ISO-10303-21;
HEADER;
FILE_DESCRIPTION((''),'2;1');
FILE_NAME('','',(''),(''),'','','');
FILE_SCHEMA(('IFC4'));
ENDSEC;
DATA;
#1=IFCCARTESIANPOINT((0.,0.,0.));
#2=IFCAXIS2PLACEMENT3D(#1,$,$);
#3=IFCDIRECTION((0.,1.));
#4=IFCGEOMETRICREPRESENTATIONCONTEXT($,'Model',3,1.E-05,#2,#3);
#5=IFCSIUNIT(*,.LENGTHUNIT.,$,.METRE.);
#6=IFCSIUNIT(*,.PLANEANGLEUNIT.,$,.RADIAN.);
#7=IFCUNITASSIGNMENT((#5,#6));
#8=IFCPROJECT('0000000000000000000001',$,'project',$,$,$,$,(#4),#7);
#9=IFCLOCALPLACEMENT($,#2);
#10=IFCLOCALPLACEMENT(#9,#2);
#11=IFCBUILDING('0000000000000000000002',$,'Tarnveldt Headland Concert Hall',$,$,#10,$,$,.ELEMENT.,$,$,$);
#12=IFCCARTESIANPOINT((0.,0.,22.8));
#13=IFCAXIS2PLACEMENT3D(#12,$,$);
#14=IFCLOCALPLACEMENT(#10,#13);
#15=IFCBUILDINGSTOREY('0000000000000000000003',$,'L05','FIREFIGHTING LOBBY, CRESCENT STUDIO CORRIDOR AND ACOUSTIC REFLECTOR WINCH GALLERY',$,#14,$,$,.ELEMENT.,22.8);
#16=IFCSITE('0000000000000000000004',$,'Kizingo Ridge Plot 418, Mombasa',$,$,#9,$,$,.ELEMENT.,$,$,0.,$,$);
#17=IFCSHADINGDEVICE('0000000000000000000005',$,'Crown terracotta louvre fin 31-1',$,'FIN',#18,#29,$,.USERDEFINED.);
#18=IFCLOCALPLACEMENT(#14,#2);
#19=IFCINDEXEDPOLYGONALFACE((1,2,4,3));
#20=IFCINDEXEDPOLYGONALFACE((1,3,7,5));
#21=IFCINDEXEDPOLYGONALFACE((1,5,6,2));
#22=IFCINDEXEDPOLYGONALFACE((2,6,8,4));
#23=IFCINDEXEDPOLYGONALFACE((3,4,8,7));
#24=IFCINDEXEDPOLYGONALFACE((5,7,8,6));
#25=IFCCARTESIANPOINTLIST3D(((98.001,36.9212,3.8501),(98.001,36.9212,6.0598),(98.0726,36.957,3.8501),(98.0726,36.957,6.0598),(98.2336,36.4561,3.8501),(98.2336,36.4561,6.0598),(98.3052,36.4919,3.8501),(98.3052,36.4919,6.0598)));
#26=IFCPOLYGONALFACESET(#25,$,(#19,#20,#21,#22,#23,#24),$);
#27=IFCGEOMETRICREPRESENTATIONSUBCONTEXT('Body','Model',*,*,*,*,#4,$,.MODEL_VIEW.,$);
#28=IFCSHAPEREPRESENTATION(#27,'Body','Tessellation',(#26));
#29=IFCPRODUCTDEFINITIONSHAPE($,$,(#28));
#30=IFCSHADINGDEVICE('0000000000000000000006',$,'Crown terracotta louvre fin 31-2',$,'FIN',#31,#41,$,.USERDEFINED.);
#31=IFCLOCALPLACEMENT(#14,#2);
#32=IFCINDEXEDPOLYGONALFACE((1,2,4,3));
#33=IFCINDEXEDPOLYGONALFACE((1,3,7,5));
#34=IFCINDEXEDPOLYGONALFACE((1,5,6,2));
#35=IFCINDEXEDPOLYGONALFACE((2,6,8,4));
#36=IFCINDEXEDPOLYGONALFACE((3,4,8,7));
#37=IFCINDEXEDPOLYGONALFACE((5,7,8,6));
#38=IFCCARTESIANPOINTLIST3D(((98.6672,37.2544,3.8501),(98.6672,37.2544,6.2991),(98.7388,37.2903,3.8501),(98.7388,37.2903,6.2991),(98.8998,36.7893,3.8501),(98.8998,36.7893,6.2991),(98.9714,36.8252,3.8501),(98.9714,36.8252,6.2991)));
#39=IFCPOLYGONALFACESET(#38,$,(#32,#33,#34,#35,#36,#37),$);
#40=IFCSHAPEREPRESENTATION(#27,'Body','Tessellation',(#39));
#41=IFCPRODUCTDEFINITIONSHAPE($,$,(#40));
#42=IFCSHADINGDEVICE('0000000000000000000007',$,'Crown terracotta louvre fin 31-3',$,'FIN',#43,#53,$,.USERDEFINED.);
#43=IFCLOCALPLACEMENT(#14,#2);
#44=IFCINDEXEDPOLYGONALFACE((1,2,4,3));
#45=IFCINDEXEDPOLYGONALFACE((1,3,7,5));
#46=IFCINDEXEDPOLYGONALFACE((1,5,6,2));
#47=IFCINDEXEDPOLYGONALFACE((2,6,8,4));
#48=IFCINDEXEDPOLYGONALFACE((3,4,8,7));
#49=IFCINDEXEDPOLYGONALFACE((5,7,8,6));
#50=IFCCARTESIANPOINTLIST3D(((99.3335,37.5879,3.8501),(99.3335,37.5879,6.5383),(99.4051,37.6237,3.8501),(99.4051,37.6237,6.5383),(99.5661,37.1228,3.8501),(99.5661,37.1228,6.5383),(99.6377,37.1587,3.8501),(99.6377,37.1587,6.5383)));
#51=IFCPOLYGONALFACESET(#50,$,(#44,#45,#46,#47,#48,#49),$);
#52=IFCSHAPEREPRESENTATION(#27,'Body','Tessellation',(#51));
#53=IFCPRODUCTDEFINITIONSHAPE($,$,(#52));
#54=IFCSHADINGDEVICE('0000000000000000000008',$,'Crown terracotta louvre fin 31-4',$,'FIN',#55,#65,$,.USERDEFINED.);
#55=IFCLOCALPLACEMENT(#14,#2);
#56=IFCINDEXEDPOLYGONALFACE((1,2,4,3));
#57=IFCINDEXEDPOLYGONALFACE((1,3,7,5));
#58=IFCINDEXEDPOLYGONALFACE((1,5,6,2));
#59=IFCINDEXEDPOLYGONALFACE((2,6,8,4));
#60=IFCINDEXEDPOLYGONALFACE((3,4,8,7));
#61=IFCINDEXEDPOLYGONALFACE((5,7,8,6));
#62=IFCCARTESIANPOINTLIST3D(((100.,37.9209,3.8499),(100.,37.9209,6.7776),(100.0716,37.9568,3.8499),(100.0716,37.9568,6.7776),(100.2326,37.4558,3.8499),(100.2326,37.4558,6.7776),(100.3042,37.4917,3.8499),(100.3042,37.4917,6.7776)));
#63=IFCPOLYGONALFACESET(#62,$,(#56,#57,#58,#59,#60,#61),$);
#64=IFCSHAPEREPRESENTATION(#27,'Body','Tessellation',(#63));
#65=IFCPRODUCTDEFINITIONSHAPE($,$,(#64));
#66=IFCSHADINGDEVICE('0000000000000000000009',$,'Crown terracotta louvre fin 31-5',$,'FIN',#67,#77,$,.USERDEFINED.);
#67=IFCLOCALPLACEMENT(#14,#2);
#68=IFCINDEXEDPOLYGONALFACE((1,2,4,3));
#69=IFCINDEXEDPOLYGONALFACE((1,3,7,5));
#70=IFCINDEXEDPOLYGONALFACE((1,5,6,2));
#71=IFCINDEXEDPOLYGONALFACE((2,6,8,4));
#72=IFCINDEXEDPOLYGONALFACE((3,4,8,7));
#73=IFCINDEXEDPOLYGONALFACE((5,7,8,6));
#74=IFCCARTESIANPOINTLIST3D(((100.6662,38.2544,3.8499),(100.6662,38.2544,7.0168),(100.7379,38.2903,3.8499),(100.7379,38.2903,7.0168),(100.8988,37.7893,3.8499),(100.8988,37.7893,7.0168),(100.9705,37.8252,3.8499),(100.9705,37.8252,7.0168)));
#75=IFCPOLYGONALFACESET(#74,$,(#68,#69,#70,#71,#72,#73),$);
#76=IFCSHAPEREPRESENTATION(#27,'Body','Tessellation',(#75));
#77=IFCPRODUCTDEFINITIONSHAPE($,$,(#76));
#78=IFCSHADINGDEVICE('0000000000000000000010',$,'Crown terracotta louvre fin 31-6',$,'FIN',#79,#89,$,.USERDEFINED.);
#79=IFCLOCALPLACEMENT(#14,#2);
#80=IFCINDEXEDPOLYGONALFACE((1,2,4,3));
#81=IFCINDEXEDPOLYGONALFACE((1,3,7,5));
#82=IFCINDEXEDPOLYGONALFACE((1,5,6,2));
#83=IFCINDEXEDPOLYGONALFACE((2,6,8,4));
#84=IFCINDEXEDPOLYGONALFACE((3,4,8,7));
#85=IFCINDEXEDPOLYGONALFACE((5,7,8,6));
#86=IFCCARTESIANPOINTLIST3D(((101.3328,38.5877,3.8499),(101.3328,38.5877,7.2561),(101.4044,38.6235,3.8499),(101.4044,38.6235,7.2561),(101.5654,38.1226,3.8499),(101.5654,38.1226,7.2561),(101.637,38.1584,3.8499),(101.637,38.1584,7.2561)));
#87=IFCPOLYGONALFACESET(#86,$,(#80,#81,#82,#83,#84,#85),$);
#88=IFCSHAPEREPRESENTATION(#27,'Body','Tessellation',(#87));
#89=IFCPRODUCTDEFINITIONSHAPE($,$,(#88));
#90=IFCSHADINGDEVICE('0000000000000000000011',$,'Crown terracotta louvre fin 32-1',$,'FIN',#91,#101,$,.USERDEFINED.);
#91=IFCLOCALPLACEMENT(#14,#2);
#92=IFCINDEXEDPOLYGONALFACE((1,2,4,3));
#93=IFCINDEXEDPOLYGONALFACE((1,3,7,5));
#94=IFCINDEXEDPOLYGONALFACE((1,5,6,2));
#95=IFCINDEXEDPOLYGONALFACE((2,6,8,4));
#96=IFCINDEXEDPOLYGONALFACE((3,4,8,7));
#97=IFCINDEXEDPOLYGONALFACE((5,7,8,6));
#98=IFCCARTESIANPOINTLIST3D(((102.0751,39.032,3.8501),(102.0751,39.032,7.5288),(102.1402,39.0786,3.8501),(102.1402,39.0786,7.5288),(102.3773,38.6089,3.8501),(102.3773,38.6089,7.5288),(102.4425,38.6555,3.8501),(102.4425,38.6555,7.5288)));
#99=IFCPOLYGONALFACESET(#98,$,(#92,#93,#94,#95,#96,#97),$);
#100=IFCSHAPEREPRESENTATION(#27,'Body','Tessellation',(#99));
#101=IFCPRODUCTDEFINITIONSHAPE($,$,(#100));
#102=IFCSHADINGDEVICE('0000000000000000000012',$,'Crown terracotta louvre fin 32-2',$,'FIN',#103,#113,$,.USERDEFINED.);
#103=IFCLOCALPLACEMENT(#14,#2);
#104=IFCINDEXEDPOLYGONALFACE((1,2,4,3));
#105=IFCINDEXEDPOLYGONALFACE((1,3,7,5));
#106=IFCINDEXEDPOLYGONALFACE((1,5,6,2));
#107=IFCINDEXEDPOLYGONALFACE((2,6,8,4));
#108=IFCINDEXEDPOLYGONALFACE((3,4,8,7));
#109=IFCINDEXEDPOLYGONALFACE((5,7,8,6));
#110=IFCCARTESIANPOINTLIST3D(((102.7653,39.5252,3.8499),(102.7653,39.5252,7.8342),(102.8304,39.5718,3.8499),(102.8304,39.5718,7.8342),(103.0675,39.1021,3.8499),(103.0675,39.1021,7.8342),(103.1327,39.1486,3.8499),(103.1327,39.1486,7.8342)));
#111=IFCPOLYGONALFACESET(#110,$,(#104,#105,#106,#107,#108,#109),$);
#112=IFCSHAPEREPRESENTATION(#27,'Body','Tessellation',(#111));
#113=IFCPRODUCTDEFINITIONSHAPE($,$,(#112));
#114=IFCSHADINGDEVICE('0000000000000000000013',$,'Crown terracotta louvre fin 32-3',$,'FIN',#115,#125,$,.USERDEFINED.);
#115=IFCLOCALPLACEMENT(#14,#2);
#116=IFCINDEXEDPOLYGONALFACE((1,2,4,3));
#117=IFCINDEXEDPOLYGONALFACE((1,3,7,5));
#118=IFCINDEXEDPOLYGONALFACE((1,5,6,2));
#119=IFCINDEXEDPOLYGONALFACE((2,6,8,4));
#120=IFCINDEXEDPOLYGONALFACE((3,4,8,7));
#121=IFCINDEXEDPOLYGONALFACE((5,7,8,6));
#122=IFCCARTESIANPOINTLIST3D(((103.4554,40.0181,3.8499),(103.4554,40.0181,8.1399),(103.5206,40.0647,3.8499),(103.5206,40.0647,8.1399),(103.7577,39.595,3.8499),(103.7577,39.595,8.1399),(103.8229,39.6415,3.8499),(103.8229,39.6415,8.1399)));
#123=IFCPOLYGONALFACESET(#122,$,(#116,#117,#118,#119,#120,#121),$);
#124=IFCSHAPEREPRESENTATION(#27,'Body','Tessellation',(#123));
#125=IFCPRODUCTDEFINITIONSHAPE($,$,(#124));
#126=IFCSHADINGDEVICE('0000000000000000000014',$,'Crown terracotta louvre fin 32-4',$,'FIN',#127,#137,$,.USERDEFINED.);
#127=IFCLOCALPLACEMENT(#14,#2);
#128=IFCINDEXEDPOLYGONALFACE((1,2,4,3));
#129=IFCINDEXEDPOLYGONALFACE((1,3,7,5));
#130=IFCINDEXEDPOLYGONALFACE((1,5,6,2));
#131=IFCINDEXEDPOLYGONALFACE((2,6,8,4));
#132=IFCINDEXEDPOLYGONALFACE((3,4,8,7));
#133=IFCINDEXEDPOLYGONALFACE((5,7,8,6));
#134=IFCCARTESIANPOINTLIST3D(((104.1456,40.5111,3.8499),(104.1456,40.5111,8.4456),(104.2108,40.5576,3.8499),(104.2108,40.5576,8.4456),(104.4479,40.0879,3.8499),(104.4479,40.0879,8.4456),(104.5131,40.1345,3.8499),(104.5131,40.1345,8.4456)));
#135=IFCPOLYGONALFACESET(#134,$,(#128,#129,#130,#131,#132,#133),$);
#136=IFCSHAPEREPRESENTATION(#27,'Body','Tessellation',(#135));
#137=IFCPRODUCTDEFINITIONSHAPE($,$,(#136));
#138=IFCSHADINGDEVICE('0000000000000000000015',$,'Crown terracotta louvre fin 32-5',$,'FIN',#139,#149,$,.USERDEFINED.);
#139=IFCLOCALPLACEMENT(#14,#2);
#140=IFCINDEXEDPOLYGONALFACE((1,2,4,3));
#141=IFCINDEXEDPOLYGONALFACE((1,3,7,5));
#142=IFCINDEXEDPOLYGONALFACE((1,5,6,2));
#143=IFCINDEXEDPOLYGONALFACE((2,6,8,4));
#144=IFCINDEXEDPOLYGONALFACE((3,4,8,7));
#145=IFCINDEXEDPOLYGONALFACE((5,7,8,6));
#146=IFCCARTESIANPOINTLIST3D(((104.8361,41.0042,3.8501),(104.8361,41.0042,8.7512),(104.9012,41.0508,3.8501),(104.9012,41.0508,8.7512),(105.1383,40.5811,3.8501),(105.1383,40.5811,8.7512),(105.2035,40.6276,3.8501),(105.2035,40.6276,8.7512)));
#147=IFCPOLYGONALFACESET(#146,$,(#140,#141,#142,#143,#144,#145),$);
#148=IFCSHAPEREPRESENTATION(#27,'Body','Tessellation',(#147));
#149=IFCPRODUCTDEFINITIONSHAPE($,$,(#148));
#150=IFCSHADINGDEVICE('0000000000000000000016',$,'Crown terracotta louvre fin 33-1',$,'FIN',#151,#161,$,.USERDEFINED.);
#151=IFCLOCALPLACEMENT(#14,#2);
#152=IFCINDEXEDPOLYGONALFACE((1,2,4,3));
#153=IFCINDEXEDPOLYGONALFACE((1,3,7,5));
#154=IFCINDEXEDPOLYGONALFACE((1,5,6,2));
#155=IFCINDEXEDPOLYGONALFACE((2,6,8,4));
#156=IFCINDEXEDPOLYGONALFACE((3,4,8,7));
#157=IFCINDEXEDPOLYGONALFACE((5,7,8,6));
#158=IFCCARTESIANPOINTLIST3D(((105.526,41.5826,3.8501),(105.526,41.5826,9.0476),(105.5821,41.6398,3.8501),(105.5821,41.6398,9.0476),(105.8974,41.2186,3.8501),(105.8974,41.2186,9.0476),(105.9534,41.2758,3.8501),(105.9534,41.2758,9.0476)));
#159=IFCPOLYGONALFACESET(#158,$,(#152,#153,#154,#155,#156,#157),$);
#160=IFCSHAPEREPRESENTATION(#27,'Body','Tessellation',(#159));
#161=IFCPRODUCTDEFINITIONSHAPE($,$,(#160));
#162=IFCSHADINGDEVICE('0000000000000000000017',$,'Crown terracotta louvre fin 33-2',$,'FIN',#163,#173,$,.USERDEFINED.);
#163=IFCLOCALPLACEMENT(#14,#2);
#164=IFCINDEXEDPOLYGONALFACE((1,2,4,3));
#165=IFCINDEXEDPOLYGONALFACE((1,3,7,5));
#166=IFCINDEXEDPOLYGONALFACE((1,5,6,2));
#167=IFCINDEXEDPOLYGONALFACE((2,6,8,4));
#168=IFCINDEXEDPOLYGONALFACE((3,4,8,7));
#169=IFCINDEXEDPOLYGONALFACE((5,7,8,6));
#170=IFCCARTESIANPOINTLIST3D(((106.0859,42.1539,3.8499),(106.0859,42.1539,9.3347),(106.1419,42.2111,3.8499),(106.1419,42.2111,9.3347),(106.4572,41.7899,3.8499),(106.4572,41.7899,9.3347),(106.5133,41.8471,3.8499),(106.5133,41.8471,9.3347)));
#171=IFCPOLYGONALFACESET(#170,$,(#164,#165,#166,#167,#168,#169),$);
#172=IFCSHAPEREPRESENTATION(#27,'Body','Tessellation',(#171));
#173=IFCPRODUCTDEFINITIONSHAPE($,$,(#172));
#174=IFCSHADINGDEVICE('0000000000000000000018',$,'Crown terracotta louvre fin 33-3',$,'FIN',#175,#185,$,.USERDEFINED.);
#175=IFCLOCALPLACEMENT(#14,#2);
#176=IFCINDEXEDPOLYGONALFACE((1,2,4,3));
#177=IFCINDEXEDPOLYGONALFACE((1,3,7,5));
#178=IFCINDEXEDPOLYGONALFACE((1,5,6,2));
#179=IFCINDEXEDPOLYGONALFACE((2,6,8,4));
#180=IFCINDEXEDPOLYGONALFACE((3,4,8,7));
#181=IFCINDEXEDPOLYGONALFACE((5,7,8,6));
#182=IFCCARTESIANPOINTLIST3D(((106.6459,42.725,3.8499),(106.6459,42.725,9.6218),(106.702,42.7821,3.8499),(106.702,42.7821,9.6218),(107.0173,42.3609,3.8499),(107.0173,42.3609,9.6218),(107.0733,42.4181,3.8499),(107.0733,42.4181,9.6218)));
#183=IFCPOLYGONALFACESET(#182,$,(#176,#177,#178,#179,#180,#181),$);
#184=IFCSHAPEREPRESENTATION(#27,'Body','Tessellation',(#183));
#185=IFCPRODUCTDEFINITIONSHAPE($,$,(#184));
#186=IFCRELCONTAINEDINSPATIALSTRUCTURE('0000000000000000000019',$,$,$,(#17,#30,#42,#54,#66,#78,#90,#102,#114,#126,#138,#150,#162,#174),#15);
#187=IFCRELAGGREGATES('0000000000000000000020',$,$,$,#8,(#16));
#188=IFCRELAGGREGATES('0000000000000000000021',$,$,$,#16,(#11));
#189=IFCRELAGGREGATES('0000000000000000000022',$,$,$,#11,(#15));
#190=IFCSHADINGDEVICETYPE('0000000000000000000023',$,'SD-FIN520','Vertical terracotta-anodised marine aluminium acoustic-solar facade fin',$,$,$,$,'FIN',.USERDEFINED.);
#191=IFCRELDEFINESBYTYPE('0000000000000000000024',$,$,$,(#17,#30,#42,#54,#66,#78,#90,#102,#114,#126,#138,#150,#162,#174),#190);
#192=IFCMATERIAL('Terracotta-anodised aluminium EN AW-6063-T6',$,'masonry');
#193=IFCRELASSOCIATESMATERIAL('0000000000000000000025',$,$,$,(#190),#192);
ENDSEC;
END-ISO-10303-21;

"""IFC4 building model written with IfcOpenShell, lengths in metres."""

from ifc_helpers import new_model, si_unit, direction, frame, origin, origin_2d, place, context, subcontext, project, spatial, rectangle, extrude, material, type_object, element, save


model = new_model("IFC4")

# Units and contexts
model_context = context("Model", 3, precision=1e-05, world=origin(), true_north=direction((0.0, 1.0)))
body_context = subcontext(model_context, "Body", "Model", "MODEL_VIEW")
ifc_project = project(units=[si_unit("LENGTHUNIT", "METRE"), si_unit("PLANEANGLEUNIT", "RADIAN")], contexts=[model_context])

# Site, building, storey
site_placement = place(None, origin())
site = spatial("IfcSite", under=ifc_project, at=site_placement, Name="Kizingo Ridge Plot 418, Mombasa", CompositionType="ELEMENT", RefElevation=0.0)
building_placement = place(site_placement, origin())
building = spatial("IfcBuilding", under=site, at=building_placement, Name="Tarnveldt Headland Concert Hall", CompositionType="ELEMENT")
storey_placement = place(building_placement, frame((0.0, 0.0, 22.8)))
storey = spatial("IfcBuildingStorey", under=building, at=storey_placement, Name="L05", Description="FIREFIGHTING LOBBY, CRESCENT STUDIO CORRIDOR AND ACOUSTIC REFLECTOR WINCH GALLERY", CompositionType="ELEMENT", Elevation=22.8)

# Shading devices
ifc_material_1 = material(Name="Terracotta-anodised aluminium EN AW-6063-T6", Category="masonry")
shading_device_type = type_object("IfcShadingDeviceType", Name="SD-FIN520", Description="Vertical terracotta-anodised marine aluminium acoustic-solar facade fin", ElementType="FIN", PredefinedType="USERDEFINED", material=ifc_material_1)
shading_device_1_placement = place(storey_placement, frame((98.1531, 36.7065, 3.8501), z_axis=(0.0, 0.0, 1.0), x_axis=(0.447291, -0.894389, 0.0)))
element("IfcShadingDevice", 1, at=shading_device_1_placement, inside=storey, type_object=shading_device_type, Name="Crown terracotta louvre fin 31-1", ObjectType="FIN", PredefinedType="USERDEFINED", context=body_context, shape_type="SweptSolid", body=[
    extrude(rectangle(XDim=0.52, YDim=0.0801, at=origin_2d()), origin(), (0.0, 0.0, 1.0), 2.2097),
])
shading_device_2_placement = place(storey_placement, frame((98.8193, 37.0398, 3.8501), z_axis=(0.0, 0.0, 1.0), x_axis=(0.447291, -0.894389, 0.0)))
element("IfcShadingDevice", 2, at=shading_device_2_placement, inside=storey, type_object=shading_device_type, Name="Crown terracotta louvre fin 31-2", ObjectType="FIN", PredefinedType="USERDEFINED", context=body_context, shape_type="SweptSolid", body=[
    extrude(rectangle(XDim=0.52, YDim=0.0801, at=origin_2d()), origin(), (0.0, 0.0, 1.0), 2.449),
])
shading_device_3_placement = place(storey_placement, frame((99.4856, 37.3733, 3.8501), z_axis=(0.0, 0.0, 1.0), x_axis=(0.447291, -0.894389, 0.0)))
element("IfcShadingDevice", 3, at=shading_device_3_placement, inside=storey, type_object=shading_device_type, Name="Crown terracotta louvre fin 31-3", ObjectType="FIN", PredefinedType="USERDEFINED", context=body_context, shape_type="SweptSolid", body=[
    extrude(rectangle(XDim=0.52, YDim=0.0801, at=origin_2d()), origin(), (0.0, 0.0, 1.0), 2.6882),
])
shading_device_4_placement = place(storey_placement, frame((100.1521, 37.7063, 3.8499), z_axis=(0.0, 0.0, 1.0), x_axis=(0.447291, -0.894389, 0.0)))
element("IfcShadingDevice", 4, at=shading_device_4_placement, inside=storey, type_object=shading_device_type, Name="Crown terracotta louvre fin 31-4", ObjectType="FIN", PredefinedType="USERDEFINED", context=body_context, shape_type="SweptSolid", body=[
    extrude(rectangle(XDim=0.52, YDim=0.0801, at=origin_2d()), origin(), (0.0, 0.0, 1.0), 2.9277),
])
shading_device_5_placement = place(storey_placement, frame((100.8184, 38.0398, 3.8499), z_axis=(0.0, 0.0, 1.0), x_axis=(0.447291, -0.894389, 0.0)))
element("IfcShadingDevice", 5, at=shading_device_5_placement, inside=storey, type_object=shading_device_type, Name="Crown terracotta louvre fin 31-5", ObjectType="FIN", PredefinedType="USERDEFINED", context=body_context, shape_type="SweptSolid", body=[
    extrude(rectangle(XDim=0.52, YDim=0.0801, at=origin_2d()), origin(), (0.0, 0.0, 1.0), 3.167),
])
shading_device_6_placement = place(storey_placement, frame((101.4849, 38.373, 3.8499), z_axis=(0.0, 0.0, 1.0), x_axis=(0.447291, -0.894389, 0.0)))
element("IfcShadingDevice", 6, at=shading_device_6_placement, inside=storey, type_object=shading_device_type, Name="Crown terracotta louvre fin 31-6", ObjectType="FIN", PredefinedType="USERDEFINED", context=body_context, shape_type="SweptSolid", body=[
    extrude(rectangle(XDim=0.52, YDim=0.0801, at=origin_2d()), origin(), (0.0, 0.0, 1.0), 3.4062),
])
shading_device_7_placement = place(storey_placement, frame((102.2588, 38.8438, 3.8501), z_axis=(0.0, 0.0, 1.0), x_axis=(0.581271, -0.81371, 0.0)))
element("IfcShadingDevice", 7, at=shading_device_7_placement, inside=storey, type_object=shading_device_type, Name="Crown terracotta louvre fin 32-1", ObjectType="FIN", PredefinedType="USERDEFINED", context=body_context, shape_type="SweptSolid", body=[
    extrude(rectangle(XDim=0.52, YDim=0.0801, at=origin_2d()), origin(), (0.0, 0.0, 1.0), 3.6787),
])
shading_device_8_placement = place(storey_placement, frame((102.949, 39.3369, 3.8499), z_axis=(0.0, 0.0, 1.0), x_axis=(0.581271, -0.81371, 0.0)))
element("IfcShadingDevice", 8, at=shading_device_8_placement, inside=storey, type_object=shading_device_type, Name="Crown terracotta louvre fin 32-2", ObjectType="FIN", PredefinedType="USERDEFINED", context=body_context, shape_type="SweptSolid", body=[
    extrude(rectangle(XDim=0.52, YDim=0.0801, at=origin_2d()), origin(), (0.0, 0.0, 1.0), 3.9844),
])
shading_device_9_placement = place(storey_placement, frame((103.6392, 39.8298, 3.8499), z_axis=(0.0, 0.0, 1.0), x_axis=(0.581271, -0.81371, 0.0)))
element("IfcShadingDevice", 9, at=shading_device_9_placement, inside=storey, type_object=shading_device_type, Name="Crown terracotta louvre fin 32-3", ObjectType="FIN", PredefinedType="USERDEFINED", context=body_context, shape_type="SweptSolid", body=[
    extrude(rectangle(XDim=0.52, YDim=0.0801, at=origin_2d()), origin(), (0.0, 0.0, 1.0), 4.29),
])
shading_device_10_placement = place(storey_placement, frame((104.3293, 40.3228, 3.8499), z_axis=(0.0, 0.0, 1.0), x_axis=(0.581271, -0.81371, 0.0)))
element("IfcShadingDevice", 10, at=shading_device_10_placement, inside=storey, type_object=shading_device_type, Name="Crown terracotta louvre fin 32-4", ObjectType="FIN", PredefinedType="USERDEFINED", context=body_context, shape_type="SweptSolid", body=[
    extrude(rectangle(XDim=0.52, YDim=0.0801, at=origin_2d()), origin(), (0.0, 0.0, 1.0), 4.5957),
])
shading_device_11_placement = place(storey_placement, frame((105.0198, 40.8159, 3.8501), z_axis=(0.0, 0.0, 1.0), x_axis=(0.581271, -0.81371, 0.0)))
element("IfcShadingDevice", 11, at=shading_device_11_placement, inside=storey, type_object=shading_device_type, Name="Crown terracotta louvre fin 32-5", ObjectType="FIN", PredefinedType="USERDEFINED", context=body_context, shape_type="SweptSolid", body=[
    extrude(rectangle(XDim=0.52, YDim=0.0801, at=origin_2d()), origin(), (0.0, 0.0, 1.0), 4.9011),
])
shading_device_12_placement = place(storey_placement, frame((105.7397, 41.4292, 3.8501), z_axis=(0.0, 0.0, 1.0), x_axis=(0.714106, -0.700037, 0.0)))
element("IfcShadingDevice", 12, at=shading_device_12_placement, inside=storey, type_object=shading_device_type, Name="Crown terracotta louvre fin 33-1", ObjectType="FIN", PredefinedType="USERDEFINED", context=body_context, shape_type="SweptSolid", body=[
    extrude(rectangle(XDim=0.52, YDim=0.0801, at=origin_2d()), origin(), (0.0, 0.0, 1.0), 5.1975),
])
shading_device_13_placement = place(storey_placement, frame((106.2996, 42.0005, 3.8499), z_axis=(0.0, 0.0, 1.0), x_axis=(0.714106, -0.700037, 0.0)))
element("IfcShadingDevice", 13, at=shading_device_13_placement, inside=storey, type_object=shading_device_type, Name="Crown terracotta louvre fin 33-2", ObjectType="FIN", PredefinedType="USERDEFINED", context=body_context, shape_type="SweptSolid", body=[
    extrude(rectangle(XDim=0.52, YDim=0.0801, at=origin_2d()), origin(), (0.0, 0.0, 1.0), 5.4849),
])
shading_device_14_placement = place(storey_placement, frame((106.8596, 42.5715, 3.8499), z_axis=(0.0, 0.0, 1.0), x_axis=(0.714106, -0.700037, 0.0)))
element("IfcShadingDevice", 14, at=shading_device_14_placement, inside=storey, type_object=shading_device_type, Name="Crown terracotta louvre fin 33-3", ObjectType="FIN", PredefinedType="USERDEFINED", context=body_context, shape_type="SweptSolid", body=[
    extrude(rectangle(XDim=0.52, YDim=0.0801, at=origin_2d()), origin(), (0.0, 0.0, 1.0), 5.772),
])

save(model, "model.ifc")
